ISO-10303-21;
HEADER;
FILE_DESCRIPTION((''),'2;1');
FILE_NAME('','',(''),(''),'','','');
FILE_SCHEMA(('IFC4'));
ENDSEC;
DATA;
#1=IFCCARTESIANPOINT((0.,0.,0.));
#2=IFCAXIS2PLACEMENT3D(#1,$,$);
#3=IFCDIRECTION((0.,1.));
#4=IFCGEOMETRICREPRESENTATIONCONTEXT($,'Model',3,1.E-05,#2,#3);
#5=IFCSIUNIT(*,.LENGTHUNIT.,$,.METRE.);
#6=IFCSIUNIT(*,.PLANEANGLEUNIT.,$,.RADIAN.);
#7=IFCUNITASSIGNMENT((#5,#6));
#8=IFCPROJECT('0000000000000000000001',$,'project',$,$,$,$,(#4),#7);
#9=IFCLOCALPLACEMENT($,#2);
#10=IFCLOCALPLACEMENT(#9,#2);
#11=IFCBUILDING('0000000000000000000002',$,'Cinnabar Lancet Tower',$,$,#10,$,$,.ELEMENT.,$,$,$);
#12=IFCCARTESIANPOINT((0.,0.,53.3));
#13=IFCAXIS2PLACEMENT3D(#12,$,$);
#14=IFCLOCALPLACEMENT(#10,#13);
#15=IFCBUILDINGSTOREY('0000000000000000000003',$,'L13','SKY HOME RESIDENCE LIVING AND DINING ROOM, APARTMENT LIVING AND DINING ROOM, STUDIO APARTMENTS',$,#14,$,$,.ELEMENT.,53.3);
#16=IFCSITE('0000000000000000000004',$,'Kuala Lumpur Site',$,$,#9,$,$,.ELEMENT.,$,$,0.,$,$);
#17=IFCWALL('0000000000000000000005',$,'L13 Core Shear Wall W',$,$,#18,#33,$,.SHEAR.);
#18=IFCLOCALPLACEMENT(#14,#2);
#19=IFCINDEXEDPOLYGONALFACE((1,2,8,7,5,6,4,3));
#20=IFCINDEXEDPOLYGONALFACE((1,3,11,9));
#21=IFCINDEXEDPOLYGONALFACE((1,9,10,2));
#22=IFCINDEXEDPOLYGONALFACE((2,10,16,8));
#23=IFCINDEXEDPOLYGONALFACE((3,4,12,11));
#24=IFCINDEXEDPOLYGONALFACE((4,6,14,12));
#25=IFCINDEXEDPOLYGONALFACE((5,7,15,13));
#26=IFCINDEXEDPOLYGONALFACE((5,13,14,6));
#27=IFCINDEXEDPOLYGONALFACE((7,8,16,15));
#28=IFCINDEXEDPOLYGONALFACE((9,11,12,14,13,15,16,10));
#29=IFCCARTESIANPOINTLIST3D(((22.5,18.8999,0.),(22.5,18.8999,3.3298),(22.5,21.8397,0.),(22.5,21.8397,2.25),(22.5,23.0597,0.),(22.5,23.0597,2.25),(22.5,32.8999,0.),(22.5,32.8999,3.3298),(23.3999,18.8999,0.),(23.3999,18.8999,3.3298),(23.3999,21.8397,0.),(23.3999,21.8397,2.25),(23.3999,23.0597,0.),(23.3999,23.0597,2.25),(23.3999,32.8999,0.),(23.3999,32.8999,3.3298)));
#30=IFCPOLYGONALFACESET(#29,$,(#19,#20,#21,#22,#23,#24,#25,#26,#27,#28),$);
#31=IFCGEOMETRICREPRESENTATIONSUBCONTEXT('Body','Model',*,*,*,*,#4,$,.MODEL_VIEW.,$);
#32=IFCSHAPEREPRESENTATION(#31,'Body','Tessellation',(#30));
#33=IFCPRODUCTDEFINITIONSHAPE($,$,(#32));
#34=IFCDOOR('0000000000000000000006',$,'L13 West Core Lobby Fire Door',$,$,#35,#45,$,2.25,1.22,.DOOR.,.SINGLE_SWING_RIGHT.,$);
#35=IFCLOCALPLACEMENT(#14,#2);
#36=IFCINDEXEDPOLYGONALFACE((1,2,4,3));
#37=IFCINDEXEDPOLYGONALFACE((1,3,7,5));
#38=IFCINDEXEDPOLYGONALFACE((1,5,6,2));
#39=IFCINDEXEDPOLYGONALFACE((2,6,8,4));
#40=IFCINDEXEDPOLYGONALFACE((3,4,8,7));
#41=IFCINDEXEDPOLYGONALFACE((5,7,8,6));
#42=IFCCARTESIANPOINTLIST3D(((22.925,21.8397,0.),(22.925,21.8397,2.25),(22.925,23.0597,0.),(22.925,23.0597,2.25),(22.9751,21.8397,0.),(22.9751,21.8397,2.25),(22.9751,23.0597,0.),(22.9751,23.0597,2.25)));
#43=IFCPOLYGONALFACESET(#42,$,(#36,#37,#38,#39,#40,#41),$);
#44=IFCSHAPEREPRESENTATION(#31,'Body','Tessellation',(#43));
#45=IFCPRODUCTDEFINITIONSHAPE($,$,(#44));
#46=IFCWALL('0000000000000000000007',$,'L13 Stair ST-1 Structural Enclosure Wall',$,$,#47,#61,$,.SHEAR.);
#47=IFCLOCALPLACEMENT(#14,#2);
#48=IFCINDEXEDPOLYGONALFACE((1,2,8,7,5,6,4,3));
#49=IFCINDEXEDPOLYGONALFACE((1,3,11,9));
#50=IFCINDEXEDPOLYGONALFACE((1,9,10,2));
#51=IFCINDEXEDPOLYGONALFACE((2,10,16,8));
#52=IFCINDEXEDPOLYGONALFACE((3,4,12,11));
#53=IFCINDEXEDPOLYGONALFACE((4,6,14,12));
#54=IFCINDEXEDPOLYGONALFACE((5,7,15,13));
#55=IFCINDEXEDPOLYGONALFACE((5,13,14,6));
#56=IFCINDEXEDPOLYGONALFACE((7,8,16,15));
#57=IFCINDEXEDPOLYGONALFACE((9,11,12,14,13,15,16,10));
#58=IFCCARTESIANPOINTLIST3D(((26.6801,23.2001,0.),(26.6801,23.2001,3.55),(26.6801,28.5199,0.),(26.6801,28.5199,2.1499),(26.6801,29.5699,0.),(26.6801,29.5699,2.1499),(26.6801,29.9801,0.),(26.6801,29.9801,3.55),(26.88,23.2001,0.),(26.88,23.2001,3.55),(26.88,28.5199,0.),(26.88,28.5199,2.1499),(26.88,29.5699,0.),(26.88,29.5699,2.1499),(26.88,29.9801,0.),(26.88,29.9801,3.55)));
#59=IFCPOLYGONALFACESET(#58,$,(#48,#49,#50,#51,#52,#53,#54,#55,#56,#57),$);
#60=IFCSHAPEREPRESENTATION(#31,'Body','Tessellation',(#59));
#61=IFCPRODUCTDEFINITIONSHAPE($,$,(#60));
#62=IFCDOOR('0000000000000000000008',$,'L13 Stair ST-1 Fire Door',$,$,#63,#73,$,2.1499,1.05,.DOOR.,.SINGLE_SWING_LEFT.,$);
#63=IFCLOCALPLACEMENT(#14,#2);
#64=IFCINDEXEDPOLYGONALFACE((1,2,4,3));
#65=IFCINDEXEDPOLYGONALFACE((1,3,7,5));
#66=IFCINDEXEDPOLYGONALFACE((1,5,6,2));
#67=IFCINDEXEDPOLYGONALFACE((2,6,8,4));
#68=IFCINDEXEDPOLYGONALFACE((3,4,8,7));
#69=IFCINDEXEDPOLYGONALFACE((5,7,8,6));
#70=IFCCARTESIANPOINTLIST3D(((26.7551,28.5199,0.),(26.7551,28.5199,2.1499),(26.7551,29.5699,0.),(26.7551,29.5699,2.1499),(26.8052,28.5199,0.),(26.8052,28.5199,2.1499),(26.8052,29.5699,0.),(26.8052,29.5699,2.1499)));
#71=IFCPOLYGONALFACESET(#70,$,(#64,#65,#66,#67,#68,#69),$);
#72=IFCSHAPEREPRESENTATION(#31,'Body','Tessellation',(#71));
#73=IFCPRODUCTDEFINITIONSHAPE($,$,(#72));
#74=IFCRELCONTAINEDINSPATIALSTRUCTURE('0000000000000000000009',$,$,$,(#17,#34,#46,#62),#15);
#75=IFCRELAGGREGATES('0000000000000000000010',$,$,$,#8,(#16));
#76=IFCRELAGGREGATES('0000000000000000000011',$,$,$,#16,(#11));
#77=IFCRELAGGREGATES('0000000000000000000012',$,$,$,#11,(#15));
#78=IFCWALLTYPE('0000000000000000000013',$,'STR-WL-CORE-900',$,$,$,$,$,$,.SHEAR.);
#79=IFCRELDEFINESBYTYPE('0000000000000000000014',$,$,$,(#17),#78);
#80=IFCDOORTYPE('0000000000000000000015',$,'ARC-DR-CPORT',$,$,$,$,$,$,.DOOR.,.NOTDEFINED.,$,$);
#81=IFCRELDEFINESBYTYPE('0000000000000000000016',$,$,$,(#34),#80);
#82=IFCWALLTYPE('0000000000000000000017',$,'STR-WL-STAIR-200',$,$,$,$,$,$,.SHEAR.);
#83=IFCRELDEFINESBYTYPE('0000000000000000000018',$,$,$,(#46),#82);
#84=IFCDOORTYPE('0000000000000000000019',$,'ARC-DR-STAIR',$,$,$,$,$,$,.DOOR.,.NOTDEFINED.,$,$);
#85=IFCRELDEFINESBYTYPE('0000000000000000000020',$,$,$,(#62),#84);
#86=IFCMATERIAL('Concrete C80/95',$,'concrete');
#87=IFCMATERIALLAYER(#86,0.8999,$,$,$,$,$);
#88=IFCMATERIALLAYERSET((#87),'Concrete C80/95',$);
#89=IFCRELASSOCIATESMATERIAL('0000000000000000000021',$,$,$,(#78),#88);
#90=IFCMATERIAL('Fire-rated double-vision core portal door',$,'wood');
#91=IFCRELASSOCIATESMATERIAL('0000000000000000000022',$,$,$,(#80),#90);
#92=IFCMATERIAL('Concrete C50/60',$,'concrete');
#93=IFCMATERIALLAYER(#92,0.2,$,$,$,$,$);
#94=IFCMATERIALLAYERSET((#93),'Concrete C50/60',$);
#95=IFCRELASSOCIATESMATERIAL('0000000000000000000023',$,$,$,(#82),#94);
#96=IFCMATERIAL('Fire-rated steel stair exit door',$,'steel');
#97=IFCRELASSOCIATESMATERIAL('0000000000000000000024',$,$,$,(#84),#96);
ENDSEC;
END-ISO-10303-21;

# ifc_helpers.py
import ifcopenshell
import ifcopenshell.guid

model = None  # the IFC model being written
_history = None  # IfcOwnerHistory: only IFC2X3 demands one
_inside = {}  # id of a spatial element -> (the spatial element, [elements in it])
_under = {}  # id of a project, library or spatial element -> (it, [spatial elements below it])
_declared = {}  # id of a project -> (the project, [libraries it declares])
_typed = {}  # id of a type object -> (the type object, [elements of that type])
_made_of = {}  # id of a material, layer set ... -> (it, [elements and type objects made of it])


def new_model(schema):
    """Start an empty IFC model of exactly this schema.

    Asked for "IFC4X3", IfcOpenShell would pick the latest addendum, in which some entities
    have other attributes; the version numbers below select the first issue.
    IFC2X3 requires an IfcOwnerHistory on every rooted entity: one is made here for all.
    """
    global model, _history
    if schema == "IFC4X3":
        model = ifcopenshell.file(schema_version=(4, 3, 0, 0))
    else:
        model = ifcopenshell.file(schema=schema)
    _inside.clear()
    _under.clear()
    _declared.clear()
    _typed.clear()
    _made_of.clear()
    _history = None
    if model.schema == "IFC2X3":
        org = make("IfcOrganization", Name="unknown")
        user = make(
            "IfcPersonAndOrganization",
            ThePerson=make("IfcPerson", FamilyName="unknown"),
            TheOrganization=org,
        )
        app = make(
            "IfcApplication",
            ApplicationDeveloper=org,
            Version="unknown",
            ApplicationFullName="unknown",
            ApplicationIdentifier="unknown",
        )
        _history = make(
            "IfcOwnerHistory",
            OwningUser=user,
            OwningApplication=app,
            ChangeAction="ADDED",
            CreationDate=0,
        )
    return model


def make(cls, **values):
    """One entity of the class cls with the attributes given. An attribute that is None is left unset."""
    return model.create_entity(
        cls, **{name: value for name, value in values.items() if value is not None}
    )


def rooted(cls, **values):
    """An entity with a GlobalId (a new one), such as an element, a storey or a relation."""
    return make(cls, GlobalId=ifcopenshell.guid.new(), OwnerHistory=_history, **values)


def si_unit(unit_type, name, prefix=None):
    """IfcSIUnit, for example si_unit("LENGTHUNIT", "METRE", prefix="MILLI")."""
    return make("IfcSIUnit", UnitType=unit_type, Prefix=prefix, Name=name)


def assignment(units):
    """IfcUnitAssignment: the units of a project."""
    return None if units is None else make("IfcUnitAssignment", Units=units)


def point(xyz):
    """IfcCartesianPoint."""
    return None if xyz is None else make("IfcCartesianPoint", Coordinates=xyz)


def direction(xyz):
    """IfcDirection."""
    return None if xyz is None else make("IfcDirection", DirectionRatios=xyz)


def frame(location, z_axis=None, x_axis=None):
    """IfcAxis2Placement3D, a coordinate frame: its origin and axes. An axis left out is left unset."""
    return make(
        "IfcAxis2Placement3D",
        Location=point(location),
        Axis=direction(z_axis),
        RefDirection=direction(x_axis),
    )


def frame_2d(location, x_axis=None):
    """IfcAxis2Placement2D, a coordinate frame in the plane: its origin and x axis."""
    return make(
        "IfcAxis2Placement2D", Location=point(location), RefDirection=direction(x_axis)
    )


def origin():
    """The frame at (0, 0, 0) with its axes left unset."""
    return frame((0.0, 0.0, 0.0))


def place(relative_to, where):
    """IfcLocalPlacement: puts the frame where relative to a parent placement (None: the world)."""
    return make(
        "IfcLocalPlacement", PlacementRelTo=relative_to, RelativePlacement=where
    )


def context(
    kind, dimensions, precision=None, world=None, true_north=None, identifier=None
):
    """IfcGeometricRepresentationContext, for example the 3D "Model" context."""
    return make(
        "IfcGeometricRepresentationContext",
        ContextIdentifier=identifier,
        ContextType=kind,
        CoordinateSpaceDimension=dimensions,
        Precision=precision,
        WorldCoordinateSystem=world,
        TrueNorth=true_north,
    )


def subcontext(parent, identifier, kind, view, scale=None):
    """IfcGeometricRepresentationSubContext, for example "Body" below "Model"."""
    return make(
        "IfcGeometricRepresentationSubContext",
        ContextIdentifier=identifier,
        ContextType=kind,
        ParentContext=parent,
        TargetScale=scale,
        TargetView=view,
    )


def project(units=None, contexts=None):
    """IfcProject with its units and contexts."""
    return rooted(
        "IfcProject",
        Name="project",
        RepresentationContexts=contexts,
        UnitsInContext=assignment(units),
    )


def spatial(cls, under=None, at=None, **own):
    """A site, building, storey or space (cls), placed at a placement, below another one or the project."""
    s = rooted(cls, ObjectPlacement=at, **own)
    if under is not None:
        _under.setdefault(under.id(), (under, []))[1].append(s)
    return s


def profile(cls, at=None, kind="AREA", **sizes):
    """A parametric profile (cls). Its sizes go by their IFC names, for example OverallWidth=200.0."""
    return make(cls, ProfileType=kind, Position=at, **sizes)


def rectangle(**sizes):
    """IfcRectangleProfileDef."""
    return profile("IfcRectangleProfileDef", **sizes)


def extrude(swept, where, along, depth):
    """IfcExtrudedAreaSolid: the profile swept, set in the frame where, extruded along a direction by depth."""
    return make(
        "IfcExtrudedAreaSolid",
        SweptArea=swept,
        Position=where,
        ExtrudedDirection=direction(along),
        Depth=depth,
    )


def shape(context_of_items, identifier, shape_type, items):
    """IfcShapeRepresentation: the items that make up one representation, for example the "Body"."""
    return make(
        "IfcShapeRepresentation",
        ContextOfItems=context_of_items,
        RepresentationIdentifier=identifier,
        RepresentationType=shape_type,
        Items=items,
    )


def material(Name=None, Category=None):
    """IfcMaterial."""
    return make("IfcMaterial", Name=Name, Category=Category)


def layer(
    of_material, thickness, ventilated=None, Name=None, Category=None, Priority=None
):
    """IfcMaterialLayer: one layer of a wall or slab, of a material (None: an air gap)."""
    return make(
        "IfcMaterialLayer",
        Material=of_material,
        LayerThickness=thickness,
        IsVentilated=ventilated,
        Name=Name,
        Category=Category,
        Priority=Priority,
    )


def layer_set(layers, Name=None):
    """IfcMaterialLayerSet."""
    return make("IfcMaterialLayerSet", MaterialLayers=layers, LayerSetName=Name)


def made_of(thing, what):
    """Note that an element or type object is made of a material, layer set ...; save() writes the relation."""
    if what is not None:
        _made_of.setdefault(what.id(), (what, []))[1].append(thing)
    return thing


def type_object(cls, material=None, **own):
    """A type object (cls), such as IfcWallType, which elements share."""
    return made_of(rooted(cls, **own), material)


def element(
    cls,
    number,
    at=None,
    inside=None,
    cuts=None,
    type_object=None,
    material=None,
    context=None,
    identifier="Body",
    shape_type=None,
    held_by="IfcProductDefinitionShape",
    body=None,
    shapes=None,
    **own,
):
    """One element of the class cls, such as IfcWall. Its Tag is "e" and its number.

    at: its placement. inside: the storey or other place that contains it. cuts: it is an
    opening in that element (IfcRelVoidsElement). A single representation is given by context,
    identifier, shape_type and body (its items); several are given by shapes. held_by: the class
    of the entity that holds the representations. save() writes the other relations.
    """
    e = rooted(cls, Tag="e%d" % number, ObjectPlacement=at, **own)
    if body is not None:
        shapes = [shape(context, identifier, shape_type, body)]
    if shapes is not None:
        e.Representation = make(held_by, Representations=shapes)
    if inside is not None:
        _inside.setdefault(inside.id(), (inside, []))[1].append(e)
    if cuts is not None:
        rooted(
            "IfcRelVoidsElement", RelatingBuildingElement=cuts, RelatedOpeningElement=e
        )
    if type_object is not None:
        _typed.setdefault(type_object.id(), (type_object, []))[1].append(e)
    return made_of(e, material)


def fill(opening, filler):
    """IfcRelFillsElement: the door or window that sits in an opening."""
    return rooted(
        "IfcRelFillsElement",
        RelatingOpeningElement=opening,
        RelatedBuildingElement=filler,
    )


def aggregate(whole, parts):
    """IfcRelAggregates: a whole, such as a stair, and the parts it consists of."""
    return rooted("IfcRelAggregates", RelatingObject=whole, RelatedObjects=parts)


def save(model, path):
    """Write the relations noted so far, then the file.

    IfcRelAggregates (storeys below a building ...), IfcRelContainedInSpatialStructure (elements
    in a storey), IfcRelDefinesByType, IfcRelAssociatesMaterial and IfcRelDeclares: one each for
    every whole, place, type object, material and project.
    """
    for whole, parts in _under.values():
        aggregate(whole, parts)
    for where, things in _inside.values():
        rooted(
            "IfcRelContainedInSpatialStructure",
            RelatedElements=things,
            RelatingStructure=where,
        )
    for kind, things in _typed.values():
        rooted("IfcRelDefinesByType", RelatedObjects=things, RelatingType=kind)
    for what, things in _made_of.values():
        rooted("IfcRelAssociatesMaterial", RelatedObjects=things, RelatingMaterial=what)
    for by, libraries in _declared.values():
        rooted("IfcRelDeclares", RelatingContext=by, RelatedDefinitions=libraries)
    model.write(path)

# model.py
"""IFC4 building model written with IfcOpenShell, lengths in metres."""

from ifc_helpers import new_model, si_unit, direction, frame, frame_2d, origin, place, context, subcontext, project, spatial, rectangle, extrude, material, layer, layer_set, type_object, element, fill, save


model = new_model("IFC4")

# Units and contexts
model_context = context("Model", 3, precision=1e-05, world=origin(), true_north=direction((0.0, 1.0)))
body_context = subcontext(model_context, "Body", "Model", "MODEL_VIEW")
ifc_project = project(units=[si_unit("LENGTHUNIT", "METRE"), si_unit("PLANEANGLEUNIT", "RADIAN")], contexts=[model_context])

# Site, building, storey
site_placement = place(None, origin())
site = spatial("IfcSite", under=ifc_project, at=site_placement, Name="Kuala Lumpur Site", CompositionType="ELEMENT", RefElevation=0.0)
building_placement = place(site_placement, origin())
building = spatial("IfcBuilding", under=site, at=building_placement, Name="Cinnabar Lancet Tower", CompositionType="ELEMENT")
storey_placement = place(building_placement, frame((0.0, 0.0, 53.3)))
storey = spatial("IfcBuildingStorey", under=building, at=storey_placement, Name="L13", Description="SKY HOME RESIDENCE LIVING AND DINING ROOM, APARTMENT LIVING AND DINING ROOM, STUDIO APARTMENTS", CompositionType="ELEMENT", Elevation=53.3)

# Shared definitions
ifc_material_1 = material(Name="Concrete C80/95", Category="concrete")
ifc_layer_1 = layer(ifc_material_1, 0.8999)
ifc_layer_set_1 = layer_set([ifc_layer_1], Name="Concrete C80/95")
wall_type_1 = type_object("IfcWallType", Name="STR-WL-CORE-900", PredefinedType="SHEAR", material=ifc_layer_set_1)

# Walls, openings, doors
wall_1_placement = place(storey_placement, frame((22.95, 18.8999, 0.0), z_axis=(0.0, 0.0, 1.0), x_axis=(0.0, 1.0, 0.0)))
wall_1 = element("IfcWall", 1, at=wall_1_placement, inside=storey, type_object=wall_type_1, Name="L13 Core Shear Wall W", PredefinedType="SHEAR", context=body_context, shape_type="SweptSolid", body=[
    extrude(rectangle(XDim=14.0, YDim=0.8999, at=frame_2d((7.0, 0.0))), origin(), (0.0, 0.0, 1.0), 3.3298),
])
opening_1_placement = place(wall_1_placement, frame((2.9399, 0.0, 0.0)))
opening_1 = element("IfcOpeningElement", 2, at=opening_1_placement, cuts=wall_1, PredefinedType="OPENING", context=body_context, shape_type="SweptSolid", body=[
    extrude(rectangle(XDim=1.22, YDim=2.25, at=frame_2d((0.6099, 1.125))), frame((0.0, 0.46, 0.0), z_axis=(0.0, -1.0, 0.0), x_axis=(1.0, 0.0, 0.0)), (0.0, 0.0, 1.0), 0.9199),
])
ifc_material_2 = material(Name="Fire-rated double-vision core portal door", Category="wood")
door_type_1 = type_object("IfcDoorType", Name="ARC-DR-CPORT", OperationType="NOTDEFINED", PredefinedType="DOOR", material=ifc_material_2)
door_1_placement = place(opening_1_placement, origin())
door_1 = element("IfcDoor", 3, at=door_1_placement, inside=storey, type_object=door_type_1, Name="L13 West Core Lobby Fire Door", OperationType="SINGLE_SWING_RIGHT", OverallHeight=2.25, OverallWidth=1.22, PredefinedType="DOOR", context=body_context, shape_type="SweptSolid", body=[
    extrude(rectangle(XDim=1.22, YDim=2.25, at=frame_2d((0.6099, 1.125))), frame((0.0, 0.0249, 0.0), z_axis=(0.0, -1.0, 0.0), x_axis=(1.0, 0.0, 0.0)), (0.0, 0.0, 1.0), 0.05),
])
fill(opening_1, door_1)
ifc_material_3 = material(Name="Concrete C50/60", Category="concrete")
ifc_layer_2 = layer(ifc_material_3, 0.2)
ifc_layer_set_2 = layer_set([ifc_layer_2], Name="Concrete C50/60")
wall_type_2 = type_object("IfcWallType", Name="STR-WL-STAIR-200", PredefinedType="SHEAR", material=ifc_layer_set_2)
wall_2_placement = place(storey_placement, frame((26.78, 23.2, 0.0), z_axis=(0.0, 0.0, 1.0), x_axis=(0.0, 1.0, 0.0)))
wall_2 = element("IfcWall", 4, at=wall_2_placement, inside=storey, type_object=wall_type_2, Name="L13 Stair ST-1 Structural Enclosure Wall", PredefinedType="SHEAR", context=body_context, shape_type="SweptSolid", body=[
    extrude(rectangle(XDim=6.78, YDim=0.2, at=frame_2d((3.3901, 0.0))), origin(), (0.0, 0.0, 1.0), 3.55),
])
opening_2_placement = place(wall_2_placement, frame((5.3201, 0.0, 0.0)))
opening_2 = element("IfcOpeningElement", 5, at=opening_2_placement, cuts=wall_2, PredefinedType="OPENING", context=body_context, shape_type="SweptSolid", body=[
    extrude(rectangle(XDim=1.05, YDim=2.1499, at=frame_2d((0.5249, 1.075))), frame((0.0, 0.1099, 0.0), z_axis=(0.0, -1.0, 0.0), x_axis=(1.0, 0.0, 0.0)), (0.0, 0.0, 1.0), 0.22),
])
ifc_material_4 = material(Name="Fire-rated steel stair exit door", Category="steel")
door_type_2 = type_object("IfcDoorType", Name="ARC-DR-STAIR", OperationType="NOTDEFINED", PredefinedType="DOOR", material=ifc_material_4)
door_2_placement = place(opening_2_placement, origin())
door_2 = element("IfcDoor", 6, at=door_2_placement, inside=storey, type_object=door_type_2, Name="L13 Stair ST-1 Fire Door", OperationType="SINGLE_SWING_LEFT", OverallHeight=2.1499, OverallWidth=1.05, PredefinedType="DOOR", context=body_context, shape_type="SweptSolid", body=[
    extrude(rectangle(XDim=1.05, YDim=2.1499, at=frame_2d((0.5249, 1.075))), frame((0.0, 0.0249, 0.0), z_axis=(0.0, -1.0, 0.0), x_axis=(1.0, 0.0, 0.0)), (0.0, 0.0, 1.0), 0.05),
])
fill(opening_2, door_2)

save(model, "model.ifc")
